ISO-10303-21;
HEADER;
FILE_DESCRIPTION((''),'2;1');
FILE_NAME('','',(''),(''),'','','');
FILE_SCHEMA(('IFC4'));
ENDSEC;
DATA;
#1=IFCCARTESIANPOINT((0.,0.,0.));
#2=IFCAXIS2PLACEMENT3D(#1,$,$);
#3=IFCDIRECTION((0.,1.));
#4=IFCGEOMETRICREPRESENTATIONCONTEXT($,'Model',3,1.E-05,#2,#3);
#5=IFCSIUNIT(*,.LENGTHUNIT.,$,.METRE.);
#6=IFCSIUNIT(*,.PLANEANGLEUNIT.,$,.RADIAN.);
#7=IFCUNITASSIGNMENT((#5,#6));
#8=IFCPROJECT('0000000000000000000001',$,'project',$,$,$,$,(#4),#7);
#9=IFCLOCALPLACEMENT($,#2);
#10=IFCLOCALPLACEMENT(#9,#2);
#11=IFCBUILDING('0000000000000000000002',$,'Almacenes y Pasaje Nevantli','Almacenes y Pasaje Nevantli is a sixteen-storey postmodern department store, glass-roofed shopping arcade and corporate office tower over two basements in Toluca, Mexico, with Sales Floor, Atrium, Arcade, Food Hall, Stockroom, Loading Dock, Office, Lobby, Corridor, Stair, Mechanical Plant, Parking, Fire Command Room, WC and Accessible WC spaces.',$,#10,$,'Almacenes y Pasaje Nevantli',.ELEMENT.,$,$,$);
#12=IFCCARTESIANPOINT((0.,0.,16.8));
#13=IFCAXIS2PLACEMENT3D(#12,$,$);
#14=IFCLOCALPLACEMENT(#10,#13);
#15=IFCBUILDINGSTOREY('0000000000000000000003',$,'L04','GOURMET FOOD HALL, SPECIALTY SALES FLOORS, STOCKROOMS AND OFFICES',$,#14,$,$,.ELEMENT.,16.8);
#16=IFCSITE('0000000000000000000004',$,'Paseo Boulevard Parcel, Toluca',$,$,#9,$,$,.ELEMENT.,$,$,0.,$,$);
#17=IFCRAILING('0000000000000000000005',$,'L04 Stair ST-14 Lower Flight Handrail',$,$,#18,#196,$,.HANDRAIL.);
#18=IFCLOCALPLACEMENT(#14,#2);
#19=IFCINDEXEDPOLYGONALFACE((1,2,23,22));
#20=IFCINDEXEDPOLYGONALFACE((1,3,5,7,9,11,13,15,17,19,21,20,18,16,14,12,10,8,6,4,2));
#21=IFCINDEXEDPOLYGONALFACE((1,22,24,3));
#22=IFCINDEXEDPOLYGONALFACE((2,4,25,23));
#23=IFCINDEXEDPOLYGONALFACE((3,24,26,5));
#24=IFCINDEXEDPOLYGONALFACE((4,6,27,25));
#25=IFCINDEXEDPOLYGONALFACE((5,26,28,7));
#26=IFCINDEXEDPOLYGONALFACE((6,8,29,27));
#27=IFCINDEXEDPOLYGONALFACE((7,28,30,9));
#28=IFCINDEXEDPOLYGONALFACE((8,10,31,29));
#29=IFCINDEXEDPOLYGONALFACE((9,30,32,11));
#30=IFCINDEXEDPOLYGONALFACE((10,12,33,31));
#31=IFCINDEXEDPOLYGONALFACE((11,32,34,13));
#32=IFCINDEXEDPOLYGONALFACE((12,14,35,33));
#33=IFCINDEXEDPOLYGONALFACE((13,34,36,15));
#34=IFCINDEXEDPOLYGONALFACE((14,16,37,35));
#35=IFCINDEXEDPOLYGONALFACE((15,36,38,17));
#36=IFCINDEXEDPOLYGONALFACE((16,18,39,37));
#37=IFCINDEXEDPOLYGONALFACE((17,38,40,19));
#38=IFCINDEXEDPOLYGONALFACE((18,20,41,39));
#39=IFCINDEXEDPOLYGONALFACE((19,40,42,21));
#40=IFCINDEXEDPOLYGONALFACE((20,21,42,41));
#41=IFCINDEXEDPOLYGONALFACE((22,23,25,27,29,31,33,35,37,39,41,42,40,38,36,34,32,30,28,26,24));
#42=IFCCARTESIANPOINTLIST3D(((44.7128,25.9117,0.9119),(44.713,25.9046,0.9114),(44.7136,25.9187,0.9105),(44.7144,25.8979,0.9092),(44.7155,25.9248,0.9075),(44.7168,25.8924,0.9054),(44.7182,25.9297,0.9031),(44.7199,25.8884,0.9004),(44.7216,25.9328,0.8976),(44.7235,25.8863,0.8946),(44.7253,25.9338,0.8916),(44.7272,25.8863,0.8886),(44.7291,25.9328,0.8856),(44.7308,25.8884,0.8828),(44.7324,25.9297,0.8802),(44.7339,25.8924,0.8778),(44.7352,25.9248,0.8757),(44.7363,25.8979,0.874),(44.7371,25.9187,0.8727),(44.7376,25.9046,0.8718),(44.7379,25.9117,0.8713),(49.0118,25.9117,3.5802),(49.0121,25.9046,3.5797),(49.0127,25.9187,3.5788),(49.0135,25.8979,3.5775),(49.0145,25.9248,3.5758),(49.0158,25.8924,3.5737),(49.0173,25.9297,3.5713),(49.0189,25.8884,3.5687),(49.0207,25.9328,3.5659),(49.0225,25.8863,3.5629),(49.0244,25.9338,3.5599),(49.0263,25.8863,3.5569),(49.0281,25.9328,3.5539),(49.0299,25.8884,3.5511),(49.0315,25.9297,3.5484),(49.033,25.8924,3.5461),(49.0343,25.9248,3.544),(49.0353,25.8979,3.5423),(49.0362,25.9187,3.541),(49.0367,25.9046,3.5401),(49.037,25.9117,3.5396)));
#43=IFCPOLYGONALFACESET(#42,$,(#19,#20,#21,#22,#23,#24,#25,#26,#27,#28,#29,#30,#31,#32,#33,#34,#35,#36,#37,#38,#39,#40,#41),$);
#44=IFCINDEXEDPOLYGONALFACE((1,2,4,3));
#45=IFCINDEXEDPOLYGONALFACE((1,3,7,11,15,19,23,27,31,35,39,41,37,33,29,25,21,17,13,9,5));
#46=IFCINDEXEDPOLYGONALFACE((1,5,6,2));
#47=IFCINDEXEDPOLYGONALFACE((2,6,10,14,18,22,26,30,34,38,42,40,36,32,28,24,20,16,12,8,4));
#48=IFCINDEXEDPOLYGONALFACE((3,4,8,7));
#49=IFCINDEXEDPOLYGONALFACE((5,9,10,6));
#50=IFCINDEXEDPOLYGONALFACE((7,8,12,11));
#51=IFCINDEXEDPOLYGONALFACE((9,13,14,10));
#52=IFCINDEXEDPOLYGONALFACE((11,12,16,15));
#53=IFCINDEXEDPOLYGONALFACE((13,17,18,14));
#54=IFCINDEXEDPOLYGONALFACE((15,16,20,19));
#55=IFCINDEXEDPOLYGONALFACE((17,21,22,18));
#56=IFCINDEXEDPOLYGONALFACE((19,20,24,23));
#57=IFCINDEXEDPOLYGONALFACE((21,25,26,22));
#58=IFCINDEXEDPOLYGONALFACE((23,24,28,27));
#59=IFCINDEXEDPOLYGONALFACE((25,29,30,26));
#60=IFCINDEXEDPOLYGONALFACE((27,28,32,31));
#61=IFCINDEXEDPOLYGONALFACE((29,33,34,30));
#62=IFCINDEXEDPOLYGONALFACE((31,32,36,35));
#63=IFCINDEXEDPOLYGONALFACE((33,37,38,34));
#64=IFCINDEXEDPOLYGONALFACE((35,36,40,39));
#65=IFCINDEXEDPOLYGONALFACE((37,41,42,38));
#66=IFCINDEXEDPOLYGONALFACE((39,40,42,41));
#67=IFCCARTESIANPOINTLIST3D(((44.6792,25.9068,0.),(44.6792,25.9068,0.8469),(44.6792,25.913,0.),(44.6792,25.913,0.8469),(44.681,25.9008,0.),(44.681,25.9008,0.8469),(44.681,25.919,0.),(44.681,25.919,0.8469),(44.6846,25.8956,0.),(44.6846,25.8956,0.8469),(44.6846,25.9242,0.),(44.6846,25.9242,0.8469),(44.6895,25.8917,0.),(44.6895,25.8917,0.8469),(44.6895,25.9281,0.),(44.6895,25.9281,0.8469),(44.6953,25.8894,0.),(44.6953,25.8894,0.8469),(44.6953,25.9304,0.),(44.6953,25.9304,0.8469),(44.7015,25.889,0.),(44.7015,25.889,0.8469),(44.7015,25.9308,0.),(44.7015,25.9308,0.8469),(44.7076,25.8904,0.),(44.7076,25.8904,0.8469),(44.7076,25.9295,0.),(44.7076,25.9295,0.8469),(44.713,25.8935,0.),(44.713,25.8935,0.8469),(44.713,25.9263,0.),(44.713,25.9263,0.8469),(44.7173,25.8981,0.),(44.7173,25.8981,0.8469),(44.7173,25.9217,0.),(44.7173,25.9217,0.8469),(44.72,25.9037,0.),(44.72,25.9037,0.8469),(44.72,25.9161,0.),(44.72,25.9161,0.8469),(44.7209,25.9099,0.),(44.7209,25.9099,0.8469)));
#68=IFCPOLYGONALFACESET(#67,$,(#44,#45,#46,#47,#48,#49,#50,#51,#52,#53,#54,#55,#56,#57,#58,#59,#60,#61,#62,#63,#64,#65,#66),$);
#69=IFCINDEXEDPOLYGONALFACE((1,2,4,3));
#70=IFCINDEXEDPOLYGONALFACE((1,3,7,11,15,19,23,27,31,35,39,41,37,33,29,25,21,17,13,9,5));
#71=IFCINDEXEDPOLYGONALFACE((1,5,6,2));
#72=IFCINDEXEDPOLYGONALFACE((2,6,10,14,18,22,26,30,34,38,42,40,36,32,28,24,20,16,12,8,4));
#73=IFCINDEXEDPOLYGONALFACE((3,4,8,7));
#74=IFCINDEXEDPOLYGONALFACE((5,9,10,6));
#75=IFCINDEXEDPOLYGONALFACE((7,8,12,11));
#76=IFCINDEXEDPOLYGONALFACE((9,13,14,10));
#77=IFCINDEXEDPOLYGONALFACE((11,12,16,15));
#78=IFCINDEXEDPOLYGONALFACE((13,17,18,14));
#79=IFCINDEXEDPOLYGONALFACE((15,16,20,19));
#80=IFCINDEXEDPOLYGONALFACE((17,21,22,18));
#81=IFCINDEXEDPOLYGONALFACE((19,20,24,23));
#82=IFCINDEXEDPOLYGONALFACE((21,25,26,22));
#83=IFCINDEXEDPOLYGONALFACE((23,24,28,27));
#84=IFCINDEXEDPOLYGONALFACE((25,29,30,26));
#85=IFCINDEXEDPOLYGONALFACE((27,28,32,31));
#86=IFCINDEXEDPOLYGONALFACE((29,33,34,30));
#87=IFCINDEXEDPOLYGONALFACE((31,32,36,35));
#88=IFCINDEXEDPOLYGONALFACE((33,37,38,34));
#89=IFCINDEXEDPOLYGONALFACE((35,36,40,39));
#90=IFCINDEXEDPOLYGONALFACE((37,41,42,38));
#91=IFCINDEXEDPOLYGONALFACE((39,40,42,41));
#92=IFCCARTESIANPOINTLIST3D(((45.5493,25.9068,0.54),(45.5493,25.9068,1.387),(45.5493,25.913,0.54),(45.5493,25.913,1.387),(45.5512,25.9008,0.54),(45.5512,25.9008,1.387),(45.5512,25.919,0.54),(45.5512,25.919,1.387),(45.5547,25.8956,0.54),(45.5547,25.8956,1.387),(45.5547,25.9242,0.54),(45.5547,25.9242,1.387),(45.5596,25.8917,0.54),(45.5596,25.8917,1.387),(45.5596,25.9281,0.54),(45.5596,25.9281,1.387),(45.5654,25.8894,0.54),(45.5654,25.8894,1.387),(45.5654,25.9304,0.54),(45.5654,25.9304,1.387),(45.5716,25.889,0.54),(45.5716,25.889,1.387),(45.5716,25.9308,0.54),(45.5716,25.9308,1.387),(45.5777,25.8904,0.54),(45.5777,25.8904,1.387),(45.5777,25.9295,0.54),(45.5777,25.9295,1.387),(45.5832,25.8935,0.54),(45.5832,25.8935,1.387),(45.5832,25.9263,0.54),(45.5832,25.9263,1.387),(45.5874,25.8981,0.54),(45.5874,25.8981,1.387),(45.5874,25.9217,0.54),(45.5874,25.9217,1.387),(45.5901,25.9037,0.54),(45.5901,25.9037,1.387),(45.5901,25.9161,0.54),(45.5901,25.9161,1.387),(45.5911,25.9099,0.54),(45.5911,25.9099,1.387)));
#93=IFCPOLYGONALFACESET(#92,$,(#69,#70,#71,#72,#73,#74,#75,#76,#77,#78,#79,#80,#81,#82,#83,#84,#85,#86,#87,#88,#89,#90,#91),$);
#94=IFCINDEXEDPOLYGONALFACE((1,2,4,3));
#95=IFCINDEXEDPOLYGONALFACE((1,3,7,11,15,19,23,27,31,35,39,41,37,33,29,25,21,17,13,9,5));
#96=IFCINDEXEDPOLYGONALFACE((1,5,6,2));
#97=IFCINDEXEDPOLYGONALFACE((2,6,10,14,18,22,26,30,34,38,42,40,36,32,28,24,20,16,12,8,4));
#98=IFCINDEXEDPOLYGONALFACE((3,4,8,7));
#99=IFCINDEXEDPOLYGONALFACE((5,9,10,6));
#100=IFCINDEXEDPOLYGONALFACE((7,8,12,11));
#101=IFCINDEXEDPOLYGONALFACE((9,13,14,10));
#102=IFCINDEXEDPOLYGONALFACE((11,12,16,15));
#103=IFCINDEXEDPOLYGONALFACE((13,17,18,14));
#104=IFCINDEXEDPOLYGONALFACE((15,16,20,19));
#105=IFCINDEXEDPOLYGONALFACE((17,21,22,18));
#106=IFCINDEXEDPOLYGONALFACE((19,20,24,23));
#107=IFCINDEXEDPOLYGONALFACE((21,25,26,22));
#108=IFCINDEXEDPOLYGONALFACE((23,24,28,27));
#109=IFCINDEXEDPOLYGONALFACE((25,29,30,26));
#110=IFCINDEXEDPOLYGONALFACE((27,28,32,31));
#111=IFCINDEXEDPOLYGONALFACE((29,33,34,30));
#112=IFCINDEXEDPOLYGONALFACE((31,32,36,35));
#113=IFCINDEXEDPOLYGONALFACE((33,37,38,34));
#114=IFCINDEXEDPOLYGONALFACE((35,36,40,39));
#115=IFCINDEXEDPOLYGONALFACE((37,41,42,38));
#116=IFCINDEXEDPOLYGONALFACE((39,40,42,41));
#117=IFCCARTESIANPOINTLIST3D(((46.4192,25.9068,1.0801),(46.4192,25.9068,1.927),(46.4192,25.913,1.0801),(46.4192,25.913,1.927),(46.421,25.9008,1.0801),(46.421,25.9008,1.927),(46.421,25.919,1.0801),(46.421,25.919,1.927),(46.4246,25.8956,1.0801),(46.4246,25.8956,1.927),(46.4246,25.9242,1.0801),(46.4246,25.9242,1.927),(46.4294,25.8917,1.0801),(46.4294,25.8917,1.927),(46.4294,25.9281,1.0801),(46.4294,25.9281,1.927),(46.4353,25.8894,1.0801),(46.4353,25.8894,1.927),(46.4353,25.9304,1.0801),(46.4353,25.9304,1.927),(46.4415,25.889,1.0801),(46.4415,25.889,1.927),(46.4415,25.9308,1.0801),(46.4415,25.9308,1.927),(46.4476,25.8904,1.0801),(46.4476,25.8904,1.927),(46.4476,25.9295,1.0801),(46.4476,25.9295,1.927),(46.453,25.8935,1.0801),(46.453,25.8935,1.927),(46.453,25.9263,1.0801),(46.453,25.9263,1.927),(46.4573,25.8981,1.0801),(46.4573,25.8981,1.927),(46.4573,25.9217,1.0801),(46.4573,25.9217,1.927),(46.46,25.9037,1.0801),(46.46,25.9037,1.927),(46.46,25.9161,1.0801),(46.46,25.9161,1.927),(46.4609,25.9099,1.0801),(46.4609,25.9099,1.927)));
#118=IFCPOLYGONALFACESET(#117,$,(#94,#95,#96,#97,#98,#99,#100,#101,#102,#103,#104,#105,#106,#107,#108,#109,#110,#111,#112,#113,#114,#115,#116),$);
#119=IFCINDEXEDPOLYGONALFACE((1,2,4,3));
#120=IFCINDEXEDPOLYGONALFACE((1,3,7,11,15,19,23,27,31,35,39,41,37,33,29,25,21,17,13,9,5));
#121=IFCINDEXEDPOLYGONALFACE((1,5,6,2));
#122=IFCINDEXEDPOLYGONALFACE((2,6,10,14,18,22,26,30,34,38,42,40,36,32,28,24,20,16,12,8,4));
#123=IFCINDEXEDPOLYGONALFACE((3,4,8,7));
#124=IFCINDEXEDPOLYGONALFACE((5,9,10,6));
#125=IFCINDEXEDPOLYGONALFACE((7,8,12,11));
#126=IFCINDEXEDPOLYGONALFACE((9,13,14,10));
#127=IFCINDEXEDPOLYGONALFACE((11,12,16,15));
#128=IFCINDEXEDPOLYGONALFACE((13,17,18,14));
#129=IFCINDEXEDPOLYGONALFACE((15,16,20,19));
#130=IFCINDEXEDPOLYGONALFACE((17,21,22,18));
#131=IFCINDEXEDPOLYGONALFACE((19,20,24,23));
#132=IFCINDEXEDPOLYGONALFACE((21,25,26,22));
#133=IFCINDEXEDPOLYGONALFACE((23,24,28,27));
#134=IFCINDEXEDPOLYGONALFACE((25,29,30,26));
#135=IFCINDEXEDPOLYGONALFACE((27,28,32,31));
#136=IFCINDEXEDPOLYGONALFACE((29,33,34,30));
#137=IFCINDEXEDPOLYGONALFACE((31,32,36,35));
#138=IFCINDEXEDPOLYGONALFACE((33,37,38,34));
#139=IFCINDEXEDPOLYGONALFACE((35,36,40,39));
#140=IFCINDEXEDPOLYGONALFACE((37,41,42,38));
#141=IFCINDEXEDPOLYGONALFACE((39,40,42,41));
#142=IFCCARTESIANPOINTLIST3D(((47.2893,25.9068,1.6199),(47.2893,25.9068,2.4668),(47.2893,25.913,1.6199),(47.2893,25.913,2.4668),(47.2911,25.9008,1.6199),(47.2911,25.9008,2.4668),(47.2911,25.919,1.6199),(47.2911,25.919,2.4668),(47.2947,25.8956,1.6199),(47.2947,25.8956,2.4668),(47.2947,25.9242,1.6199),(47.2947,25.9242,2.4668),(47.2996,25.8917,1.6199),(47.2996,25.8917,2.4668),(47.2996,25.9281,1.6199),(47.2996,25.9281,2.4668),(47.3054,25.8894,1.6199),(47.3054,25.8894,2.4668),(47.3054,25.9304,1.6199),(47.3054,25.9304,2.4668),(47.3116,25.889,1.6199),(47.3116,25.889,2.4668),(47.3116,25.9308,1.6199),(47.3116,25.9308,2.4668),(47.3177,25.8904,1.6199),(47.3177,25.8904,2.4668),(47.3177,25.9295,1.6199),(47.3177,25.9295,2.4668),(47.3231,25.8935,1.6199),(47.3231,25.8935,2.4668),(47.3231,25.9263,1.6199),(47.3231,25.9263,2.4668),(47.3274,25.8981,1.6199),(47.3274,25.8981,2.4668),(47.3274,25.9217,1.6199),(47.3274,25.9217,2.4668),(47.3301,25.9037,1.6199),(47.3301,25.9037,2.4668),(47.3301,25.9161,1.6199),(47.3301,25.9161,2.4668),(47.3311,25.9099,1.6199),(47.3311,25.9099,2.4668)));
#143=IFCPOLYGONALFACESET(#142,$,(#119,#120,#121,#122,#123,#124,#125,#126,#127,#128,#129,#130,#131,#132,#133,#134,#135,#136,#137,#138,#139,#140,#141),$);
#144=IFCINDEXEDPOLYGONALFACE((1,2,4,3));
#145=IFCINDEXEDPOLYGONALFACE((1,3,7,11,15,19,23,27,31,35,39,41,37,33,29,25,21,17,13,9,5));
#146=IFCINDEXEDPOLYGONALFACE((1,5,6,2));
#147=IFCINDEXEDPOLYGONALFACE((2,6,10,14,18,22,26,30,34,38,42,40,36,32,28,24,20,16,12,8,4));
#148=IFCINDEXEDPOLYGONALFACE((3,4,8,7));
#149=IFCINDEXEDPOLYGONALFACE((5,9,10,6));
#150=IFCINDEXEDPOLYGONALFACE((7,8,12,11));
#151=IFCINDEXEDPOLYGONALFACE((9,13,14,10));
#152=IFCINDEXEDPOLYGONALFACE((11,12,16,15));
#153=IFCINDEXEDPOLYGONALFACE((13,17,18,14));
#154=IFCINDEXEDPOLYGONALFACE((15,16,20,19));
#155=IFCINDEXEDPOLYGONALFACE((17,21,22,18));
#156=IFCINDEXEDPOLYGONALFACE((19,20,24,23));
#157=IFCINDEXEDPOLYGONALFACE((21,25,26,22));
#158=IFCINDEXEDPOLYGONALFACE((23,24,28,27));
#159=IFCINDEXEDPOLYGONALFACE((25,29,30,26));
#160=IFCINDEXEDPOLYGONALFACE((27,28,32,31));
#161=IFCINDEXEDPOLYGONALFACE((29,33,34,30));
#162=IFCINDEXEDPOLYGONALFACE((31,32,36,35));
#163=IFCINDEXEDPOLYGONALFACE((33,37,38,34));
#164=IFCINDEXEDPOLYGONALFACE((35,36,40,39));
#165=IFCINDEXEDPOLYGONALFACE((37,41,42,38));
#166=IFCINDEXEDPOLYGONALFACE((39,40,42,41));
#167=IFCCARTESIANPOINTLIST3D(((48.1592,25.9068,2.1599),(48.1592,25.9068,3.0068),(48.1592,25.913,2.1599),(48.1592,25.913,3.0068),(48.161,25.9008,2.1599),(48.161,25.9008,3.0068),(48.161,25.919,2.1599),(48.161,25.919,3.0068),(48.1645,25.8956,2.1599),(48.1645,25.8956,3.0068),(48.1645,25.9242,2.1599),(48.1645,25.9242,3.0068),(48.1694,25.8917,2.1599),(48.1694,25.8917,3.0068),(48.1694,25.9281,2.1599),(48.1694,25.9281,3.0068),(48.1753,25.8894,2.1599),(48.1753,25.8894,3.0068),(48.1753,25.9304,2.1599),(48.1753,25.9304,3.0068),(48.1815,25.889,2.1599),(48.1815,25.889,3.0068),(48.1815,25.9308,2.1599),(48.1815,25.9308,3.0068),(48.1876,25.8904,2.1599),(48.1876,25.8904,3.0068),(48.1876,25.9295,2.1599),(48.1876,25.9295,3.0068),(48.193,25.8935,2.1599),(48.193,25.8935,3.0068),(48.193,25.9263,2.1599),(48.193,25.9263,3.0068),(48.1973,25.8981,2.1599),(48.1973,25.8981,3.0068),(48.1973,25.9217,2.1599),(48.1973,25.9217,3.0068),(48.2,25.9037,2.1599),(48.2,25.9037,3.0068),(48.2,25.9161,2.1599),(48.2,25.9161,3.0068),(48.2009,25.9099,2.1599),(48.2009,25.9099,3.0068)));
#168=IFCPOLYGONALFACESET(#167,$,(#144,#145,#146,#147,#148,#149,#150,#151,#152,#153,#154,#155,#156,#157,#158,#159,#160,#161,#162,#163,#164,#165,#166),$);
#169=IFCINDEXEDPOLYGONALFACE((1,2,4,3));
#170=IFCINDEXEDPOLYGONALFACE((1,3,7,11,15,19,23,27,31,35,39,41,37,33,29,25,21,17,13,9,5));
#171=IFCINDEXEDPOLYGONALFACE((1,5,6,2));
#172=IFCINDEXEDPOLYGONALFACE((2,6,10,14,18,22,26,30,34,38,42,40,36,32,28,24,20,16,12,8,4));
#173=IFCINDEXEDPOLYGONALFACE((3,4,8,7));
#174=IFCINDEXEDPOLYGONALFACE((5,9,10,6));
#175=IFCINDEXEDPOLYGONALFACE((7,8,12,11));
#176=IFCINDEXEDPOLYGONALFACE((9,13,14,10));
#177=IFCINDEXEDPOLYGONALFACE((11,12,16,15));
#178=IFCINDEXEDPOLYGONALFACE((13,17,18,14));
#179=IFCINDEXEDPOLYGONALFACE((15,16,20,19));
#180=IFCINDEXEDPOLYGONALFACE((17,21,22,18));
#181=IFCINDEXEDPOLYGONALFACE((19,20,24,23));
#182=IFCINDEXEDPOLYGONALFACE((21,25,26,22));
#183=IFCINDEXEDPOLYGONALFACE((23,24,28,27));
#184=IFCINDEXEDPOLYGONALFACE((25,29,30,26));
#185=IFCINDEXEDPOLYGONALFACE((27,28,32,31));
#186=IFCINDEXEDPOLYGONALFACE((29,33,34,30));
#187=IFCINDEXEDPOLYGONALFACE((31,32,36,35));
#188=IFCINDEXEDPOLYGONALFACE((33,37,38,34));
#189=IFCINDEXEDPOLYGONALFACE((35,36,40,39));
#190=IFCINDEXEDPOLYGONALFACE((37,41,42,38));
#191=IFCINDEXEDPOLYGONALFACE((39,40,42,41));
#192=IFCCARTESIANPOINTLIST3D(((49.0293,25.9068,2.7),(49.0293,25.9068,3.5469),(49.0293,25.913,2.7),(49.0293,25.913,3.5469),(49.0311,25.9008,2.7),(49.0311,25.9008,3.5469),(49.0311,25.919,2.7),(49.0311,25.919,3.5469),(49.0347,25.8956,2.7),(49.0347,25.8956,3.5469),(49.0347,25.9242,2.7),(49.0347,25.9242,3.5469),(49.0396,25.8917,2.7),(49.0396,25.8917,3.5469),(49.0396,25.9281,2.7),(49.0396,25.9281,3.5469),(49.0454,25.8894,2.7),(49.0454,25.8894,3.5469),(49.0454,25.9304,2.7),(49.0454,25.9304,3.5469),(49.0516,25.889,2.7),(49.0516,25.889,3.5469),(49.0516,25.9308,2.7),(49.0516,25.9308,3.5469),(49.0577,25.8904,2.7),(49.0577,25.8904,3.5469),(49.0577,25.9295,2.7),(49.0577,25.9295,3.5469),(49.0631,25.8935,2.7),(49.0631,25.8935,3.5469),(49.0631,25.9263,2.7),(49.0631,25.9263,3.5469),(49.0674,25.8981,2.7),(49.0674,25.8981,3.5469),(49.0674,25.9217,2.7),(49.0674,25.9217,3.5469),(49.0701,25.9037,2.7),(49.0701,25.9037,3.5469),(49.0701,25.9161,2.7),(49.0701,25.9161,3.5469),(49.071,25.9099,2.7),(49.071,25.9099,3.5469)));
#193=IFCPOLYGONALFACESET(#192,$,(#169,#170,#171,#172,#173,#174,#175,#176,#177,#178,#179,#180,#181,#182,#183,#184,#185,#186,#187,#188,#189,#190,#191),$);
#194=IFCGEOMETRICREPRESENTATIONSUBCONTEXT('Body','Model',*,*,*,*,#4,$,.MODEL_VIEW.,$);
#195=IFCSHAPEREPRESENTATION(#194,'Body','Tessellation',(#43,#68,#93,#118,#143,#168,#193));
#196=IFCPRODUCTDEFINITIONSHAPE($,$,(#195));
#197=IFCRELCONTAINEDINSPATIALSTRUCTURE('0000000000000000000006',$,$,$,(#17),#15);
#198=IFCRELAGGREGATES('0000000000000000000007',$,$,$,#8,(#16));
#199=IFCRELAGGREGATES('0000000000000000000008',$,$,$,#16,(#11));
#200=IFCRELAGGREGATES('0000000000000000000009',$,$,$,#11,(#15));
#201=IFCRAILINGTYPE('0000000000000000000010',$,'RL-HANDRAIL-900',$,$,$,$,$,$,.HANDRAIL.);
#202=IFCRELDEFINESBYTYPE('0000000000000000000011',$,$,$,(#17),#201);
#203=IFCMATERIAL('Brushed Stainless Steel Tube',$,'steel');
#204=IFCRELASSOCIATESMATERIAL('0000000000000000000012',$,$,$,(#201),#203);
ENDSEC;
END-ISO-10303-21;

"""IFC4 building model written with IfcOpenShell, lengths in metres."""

from ifc_helpers import new_model, si_unit, direction, frame, origin, origin_2d, place, context, subcontext, project, spatial, circle, extrude, material, type_object, element, save


model = new_model("IFC4")

# Units and contexts
model_context = context("Model", 3, precision=1e-05, world=origin(), true_north=direction((0.0, 1.0)))
body_context = subcontext(model_context, "Body", "Model", "MODEL_VIEW")
ifc_project = project(units=[si_unit("LENGTHUNIT", "METRE"), si_unit("PLANEANGLEUNIT", "RADIAN")], contexts=[model_context])

# Site, building, storey
site_placement = place(None, origin())
site = spatial("IfcSite", under=ifc_project, at=site_placement, Name="Paseo Boulevard Parcel, Toluca", CompositionType="ELEMENT", RefElevation=0.0)
building_placement = place(site_placement, origin())
building = spatial("IfcBuilding", under=site, at=building_placement, Name="Almacenes y Pasaje Nevantli", Description="Almacenes y Pasaje Nevantli is a sixteen-storey postmodern department store, glass-roofed shopping arcade and corporate office tower over two basements in Toluca, Mexico, with Sales Floor, Atrium, Arcade, Food Hall, Stockroom, Loading Dock, Office, Lobby, Corridor, Stair, Mechanical Plant, Parking, Fire Command Room, WC and Accessible WC spaces.", LongName="Almacenes y Pasaje Nevantli", CompositionType="ELEMENT")
storey_placement = place(building_placement, frame((0.0, 0.0, 16.8)))
storey = spatial("IfcBuildingStorey", under=building, at=storey_placement, Name="L04", Description="GOURMET FOOD HALL, SPECIALTY SALES FLOORS, STOCKROOMS AND OFFICES", CompositionType="ELEMENT", Elevation=16.8)

# Railing
ifc_material_1 = material(Name="Brushed Stainless Steel Tube", Category="steel")
railing_type_1 = type_object("IfcRailingType", Name="RL-HANDRAIL-900", PredefinedType="HANDRAIL", material=ifc_material_1)
railing_1_placement = place(storey_placement, frame((44.7, 25.9099, 0.0)))
element("IfcRailing", 1, at=railing_1_placement, inside=storey, type_object=railing_type_1, Name="L04 Stair ST-14 Lower Flight Handrail", PredefinedType="HANDRAIL", context=body_context, shape_type="SweptSolid", body=[
    extrude(circle(Radius=0.0239, at=origin_2d()), frame((0.0254, 0.0, 0.8916), z_axis=(0.84965, 0.0, 0.527347), x_axis=(0.0, 1.0, 0.0)), (0.0, 0.0, 1.0), 5.0598),
    extrude(circle(Radius=0.021, at=origin_2d()), origin(), (0.0, 0.0, 1.0), 0.8469),
    extrude(circle(Radius=0.021, at=origin_2d()), frame((0.8701, 0.0, 0.54)), (0.0, 0.0, 1.0), 0.8469),
    extrude(circle(Radius=0.021, at=origin_2d()), frame((1.74, 0.0, 1.0801)), (0.0, 0.0, 1.0), 0.8469),
    extrude(circle(Radius=0.021, at=origin_2d()), frame((2.6101, 0.0, 1.6199)), (0.0, 0.0, 1.0), 0.8469),
    extrude(circle(Radius=0.021, at=origin_2d()), frame((3.48, 0.0, 2.1599)), (0.0, 0.0, 1.0), 0.8469),
    extrude(circle(Radius=0.021, at=origin_2d()), frame((4.3501, 0.0, 2.7)), (0.0, 0.0, 1.0), 0.8469),
])

save(model, "model.ifc")
